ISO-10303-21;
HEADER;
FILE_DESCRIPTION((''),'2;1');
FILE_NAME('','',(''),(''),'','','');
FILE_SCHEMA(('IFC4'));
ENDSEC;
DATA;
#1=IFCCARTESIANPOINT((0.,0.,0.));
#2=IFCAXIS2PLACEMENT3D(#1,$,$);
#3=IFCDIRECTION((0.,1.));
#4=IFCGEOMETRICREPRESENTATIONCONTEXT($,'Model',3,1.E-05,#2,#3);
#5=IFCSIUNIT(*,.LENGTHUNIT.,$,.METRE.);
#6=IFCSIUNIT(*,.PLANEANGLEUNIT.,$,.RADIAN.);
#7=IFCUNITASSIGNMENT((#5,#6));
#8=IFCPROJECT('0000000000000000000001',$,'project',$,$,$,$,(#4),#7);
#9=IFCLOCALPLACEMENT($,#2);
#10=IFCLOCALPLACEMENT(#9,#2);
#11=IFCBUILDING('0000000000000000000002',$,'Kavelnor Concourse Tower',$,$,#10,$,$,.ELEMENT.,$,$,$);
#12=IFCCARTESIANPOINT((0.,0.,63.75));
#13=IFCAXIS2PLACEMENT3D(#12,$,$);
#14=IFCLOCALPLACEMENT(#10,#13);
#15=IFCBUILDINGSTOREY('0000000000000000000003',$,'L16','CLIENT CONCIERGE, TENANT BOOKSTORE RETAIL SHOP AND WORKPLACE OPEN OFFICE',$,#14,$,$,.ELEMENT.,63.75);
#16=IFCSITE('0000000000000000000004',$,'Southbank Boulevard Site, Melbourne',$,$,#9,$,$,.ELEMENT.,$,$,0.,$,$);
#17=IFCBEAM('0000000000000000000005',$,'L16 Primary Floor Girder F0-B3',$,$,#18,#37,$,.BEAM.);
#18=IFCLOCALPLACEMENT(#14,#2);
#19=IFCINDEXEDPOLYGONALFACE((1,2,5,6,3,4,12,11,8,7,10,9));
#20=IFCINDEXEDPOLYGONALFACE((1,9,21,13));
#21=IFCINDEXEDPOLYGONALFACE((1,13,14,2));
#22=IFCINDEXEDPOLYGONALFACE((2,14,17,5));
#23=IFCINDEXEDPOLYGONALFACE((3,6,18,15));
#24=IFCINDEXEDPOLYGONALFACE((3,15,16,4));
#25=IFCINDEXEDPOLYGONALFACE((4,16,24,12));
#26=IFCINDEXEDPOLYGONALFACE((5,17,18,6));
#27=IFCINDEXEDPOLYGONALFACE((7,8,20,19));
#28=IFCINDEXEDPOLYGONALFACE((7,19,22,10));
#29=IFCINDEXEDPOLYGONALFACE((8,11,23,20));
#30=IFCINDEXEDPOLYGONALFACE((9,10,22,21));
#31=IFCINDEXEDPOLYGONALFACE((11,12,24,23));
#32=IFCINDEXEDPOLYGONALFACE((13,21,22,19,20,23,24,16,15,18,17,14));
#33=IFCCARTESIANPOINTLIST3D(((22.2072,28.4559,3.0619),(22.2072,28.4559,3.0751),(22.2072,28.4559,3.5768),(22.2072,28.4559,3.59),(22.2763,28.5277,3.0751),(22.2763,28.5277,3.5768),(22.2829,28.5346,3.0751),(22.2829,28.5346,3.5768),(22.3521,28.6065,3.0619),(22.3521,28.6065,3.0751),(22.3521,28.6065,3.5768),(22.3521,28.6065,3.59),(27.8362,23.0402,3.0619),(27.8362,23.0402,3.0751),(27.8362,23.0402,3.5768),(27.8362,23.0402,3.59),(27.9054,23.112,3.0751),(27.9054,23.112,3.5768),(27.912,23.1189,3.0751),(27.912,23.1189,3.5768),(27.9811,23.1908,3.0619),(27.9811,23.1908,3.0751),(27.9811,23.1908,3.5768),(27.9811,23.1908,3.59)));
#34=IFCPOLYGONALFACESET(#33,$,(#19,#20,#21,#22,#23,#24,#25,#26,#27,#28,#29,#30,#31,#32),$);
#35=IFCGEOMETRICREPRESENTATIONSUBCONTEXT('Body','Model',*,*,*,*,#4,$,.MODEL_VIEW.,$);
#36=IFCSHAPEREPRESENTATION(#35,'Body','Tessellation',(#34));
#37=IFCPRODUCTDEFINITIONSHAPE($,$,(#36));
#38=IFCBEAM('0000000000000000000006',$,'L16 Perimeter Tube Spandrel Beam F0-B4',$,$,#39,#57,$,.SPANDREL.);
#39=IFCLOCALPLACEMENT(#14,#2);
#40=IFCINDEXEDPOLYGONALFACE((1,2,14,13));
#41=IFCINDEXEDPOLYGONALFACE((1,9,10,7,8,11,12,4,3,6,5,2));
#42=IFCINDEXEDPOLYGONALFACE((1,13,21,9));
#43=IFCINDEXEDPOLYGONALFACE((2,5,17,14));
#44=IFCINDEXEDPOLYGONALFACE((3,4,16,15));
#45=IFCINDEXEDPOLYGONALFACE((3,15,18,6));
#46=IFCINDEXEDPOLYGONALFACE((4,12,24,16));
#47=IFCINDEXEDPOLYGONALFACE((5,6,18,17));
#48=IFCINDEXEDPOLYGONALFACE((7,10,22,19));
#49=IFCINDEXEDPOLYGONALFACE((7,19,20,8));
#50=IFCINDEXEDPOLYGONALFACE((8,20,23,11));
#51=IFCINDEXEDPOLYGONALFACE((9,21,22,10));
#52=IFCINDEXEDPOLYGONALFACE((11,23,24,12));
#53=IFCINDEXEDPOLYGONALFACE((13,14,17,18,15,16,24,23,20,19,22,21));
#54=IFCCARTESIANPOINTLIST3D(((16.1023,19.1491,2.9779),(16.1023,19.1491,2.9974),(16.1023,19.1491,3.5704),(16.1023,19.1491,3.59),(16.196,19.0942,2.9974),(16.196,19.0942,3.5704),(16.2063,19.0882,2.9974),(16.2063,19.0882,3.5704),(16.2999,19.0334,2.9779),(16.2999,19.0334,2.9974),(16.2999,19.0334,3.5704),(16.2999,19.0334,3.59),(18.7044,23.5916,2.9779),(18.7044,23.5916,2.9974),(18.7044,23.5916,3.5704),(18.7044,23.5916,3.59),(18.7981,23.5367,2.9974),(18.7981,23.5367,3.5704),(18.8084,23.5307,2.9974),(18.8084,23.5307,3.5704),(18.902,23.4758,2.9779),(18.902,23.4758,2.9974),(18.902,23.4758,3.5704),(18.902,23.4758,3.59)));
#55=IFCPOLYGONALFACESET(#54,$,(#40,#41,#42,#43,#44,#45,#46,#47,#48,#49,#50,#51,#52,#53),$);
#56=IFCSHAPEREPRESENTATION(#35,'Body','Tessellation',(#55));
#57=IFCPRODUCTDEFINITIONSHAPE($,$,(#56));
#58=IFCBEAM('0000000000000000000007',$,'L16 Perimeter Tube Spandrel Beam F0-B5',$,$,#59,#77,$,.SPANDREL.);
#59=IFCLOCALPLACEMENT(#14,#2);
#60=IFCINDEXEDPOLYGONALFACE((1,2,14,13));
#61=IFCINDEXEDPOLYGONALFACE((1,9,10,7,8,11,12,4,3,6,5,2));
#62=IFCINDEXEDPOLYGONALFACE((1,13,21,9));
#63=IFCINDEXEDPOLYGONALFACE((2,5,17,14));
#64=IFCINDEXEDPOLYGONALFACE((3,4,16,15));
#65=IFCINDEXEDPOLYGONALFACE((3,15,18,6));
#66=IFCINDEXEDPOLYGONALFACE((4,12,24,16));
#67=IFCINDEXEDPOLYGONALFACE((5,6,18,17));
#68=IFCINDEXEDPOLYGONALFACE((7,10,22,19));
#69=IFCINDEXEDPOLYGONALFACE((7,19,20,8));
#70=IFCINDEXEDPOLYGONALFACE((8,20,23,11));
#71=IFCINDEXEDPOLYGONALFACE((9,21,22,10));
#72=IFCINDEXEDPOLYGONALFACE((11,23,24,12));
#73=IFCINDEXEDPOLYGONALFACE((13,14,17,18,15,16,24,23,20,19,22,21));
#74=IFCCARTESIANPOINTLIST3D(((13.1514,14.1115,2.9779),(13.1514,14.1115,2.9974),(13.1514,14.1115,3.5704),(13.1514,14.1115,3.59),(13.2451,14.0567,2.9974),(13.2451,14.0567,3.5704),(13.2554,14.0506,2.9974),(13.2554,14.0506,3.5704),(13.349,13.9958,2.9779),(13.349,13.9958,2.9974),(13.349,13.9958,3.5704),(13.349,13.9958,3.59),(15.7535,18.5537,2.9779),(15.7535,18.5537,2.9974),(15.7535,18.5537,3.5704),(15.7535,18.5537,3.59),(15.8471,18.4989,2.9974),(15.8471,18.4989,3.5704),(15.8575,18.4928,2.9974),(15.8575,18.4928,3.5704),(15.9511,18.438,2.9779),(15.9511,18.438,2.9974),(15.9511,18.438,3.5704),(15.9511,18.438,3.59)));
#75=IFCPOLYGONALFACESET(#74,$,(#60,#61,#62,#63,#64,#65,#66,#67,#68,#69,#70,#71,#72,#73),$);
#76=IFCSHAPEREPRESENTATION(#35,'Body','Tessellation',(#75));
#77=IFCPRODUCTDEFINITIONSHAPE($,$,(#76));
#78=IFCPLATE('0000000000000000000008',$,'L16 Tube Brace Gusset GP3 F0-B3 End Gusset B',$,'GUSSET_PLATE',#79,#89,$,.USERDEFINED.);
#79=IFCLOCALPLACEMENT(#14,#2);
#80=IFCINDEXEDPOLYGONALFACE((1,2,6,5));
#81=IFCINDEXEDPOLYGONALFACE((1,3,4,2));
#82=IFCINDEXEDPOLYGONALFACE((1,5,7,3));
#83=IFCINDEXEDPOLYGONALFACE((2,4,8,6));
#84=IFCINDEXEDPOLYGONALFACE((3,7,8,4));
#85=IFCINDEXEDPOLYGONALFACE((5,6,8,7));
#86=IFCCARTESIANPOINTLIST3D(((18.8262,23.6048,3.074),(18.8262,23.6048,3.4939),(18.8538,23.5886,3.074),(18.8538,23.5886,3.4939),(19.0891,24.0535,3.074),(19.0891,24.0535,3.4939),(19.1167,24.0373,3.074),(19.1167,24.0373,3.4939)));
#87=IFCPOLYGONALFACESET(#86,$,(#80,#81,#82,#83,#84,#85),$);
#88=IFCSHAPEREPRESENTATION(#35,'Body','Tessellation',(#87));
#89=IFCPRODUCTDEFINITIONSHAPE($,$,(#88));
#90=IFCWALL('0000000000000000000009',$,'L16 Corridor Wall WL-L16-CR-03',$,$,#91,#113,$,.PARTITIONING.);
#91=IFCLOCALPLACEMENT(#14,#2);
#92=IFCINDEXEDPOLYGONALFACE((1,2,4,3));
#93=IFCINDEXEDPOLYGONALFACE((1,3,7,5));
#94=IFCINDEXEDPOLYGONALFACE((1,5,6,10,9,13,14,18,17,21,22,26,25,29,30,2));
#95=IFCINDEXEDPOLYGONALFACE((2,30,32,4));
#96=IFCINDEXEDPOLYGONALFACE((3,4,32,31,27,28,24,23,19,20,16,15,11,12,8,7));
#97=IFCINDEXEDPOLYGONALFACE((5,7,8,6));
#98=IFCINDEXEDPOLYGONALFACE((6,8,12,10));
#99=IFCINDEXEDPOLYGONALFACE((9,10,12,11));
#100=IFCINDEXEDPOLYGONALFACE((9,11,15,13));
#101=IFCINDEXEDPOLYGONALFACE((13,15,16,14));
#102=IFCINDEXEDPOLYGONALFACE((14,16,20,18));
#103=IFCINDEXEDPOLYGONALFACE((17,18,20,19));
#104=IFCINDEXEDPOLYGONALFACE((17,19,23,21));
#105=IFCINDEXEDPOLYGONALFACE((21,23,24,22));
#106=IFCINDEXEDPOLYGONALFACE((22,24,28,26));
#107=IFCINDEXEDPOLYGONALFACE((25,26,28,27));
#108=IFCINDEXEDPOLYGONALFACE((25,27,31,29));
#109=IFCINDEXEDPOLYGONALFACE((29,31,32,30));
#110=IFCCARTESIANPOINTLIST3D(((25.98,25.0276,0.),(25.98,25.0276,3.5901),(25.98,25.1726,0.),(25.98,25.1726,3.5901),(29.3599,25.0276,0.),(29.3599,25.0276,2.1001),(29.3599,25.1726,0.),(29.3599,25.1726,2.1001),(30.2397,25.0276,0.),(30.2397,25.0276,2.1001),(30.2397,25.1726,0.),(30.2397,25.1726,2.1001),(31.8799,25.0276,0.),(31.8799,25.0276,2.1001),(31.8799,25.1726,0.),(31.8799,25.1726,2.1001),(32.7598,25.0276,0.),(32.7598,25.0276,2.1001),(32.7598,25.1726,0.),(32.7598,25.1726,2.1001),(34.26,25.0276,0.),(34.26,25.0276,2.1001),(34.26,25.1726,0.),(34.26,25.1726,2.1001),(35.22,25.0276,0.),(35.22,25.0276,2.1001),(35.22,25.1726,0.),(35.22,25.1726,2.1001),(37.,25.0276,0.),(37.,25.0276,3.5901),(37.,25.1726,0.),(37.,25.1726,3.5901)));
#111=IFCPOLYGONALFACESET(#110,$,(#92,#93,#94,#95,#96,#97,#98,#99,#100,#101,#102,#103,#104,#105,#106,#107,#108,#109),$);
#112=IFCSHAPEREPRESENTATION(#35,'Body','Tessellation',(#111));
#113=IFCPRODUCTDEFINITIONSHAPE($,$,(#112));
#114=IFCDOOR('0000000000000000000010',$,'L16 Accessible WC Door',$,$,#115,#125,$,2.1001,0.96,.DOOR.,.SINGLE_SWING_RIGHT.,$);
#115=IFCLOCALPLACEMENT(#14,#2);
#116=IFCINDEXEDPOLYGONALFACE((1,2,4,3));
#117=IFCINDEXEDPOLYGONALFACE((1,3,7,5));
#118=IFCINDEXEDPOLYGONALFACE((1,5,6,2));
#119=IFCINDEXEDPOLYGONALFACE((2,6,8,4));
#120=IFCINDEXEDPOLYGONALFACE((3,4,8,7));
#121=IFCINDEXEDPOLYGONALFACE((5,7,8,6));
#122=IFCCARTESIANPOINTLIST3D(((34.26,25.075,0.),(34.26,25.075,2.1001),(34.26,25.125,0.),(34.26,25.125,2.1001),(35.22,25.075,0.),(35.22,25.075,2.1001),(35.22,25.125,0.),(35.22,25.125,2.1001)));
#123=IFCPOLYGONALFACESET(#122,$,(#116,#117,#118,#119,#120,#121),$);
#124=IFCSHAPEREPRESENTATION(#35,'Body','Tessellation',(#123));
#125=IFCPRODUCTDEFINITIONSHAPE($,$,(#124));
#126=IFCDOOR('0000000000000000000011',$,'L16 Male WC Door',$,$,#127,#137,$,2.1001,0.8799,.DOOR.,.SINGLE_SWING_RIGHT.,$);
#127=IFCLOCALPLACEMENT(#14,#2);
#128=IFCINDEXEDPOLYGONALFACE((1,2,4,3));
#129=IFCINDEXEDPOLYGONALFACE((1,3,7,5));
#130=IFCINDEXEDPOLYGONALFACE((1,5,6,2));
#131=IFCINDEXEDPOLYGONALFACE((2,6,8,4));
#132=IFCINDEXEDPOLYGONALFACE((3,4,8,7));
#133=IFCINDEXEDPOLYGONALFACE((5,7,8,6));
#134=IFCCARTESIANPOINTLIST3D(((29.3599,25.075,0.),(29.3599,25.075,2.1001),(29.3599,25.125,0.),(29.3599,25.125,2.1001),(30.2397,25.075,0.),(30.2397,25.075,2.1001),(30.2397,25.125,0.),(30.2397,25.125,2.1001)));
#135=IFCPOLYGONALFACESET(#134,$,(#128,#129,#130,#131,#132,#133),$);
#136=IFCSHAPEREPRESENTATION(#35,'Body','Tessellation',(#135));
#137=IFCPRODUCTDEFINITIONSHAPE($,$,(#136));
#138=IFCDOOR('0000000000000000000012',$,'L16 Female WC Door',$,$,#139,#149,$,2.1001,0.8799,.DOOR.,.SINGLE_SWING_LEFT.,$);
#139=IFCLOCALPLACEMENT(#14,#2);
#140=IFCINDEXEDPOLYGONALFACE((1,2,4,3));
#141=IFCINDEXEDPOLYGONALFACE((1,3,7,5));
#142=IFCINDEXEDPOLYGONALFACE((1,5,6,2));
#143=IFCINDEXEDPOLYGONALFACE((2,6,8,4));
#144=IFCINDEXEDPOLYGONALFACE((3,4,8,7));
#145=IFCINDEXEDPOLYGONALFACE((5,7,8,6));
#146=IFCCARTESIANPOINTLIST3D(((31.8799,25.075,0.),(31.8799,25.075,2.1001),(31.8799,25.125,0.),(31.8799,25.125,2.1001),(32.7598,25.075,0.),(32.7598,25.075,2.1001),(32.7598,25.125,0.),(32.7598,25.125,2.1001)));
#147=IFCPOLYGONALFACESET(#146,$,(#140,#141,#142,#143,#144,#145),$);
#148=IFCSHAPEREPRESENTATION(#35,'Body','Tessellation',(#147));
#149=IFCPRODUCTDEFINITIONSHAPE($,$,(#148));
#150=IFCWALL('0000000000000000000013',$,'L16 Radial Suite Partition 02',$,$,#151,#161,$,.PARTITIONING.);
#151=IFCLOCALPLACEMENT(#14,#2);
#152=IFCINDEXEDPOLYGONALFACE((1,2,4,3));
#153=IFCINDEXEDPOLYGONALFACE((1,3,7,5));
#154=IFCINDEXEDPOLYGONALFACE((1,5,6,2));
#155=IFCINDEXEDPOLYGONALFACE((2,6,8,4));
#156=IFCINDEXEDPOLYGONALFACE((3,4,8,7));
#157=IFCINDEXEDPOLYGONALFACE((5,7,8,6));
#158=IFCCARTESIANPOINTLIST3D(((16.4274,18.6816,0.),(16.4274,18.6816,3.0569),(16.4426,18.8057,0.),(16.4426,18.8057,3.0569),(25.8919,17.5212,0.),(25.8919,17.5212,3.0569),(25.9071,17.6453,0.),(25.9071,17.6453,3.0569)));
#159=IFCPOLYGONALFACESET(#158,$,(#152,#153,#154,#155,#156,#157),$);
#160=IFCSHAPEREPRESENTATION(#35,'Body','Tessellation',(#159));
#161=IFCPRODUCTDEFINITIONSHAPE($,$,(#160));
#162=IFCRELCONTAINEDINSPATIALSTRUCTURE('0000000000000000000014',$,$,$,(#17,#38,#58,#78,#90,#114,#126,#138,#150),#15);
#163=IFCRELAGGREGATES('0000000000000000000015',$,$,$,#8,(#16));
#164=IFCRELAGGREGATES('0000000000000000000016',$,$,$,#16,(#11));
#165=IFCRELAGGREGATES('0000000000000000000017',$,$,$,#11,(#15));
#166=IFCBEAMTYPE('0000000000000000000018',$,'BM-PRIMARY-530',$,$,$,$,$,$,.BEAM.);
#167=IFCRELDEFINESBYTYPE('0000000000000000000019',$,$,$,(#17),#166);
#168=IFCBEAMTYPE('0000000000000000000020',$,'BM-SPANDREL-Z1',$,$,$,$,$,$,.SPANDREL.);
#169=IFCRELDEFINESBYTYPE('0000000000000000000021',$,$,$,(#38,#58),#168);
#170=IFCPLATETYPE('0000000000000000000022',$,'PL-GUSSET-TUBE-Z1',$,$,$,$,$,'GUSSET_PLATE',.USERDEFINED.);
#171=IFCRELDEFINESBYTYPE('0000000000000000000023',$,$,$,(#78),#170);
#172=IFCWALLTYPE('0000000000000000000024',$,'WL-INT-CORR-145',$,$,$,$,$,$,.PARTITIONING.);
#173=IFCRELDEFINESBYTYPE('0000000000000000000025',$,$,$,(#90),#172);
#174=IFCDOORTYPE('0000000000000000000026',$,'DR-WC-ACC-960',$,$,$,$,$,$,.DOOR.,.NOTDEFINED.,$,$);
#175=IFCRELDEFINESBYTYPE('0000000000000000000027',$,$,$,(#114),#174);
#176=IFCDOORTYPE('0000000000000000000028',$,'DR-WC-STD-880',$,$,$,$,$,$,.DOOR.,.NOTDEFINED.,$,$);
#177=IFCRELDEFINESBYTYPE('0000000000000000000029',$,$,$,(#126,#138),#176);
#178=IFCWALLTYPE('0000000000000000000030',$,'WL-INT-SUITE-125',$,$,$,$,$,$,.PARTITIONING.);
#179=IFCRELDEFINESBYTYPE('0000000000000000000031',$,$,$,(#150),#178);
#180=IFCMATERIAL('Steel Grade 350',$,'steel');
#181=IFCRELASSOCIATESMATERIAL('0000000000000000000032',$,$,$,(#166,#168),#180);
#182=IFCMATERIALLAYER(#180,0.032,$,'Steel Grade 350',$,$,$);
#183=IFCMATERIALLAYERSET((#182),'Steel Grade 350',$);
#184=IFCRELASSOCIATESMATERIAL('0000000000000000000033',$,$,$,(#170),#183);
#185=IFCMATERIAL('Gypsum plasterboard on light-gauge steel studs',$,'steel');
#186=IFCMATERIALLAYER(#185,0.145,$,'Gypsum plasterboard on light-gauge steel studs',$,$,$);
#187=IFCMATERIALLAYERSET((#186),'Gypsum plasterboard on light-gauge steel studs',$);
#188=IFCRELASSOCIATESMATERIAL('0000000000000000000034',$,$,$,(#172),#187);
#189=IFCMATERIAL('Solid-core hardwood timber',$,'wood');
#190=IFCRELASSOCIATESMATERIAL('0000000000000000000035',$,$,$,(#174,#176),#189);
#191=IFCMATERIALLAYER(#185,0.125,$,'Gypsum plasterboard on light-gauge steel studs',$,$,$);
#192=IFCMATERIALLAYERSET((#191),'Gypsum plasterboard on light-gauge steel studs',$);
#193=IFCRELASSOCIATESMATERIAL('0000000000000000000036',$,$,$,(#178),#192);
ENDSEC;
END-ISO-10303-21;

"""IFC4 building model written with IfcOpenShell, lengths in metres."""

from ifc_helpers import new_model, si_unit, direction, frame, frame_2d, origin, origin_2d, place, context, subcontext, project, spatial, rectangle, i_section, extrude, material, layer, layer_set, material_profile, profile_set, type_object, element, fill, save


model = new_model("IFC4")

# Units and contexts
model_context = context("Model", 3, precision=1e-05, world=origin(), true_north=direction((0.0, 1.0)))
body_context = subcontext(model_context, "Body", "Model", "MODEL_VIEW")
ifc_project = project(units=[si_unit("LENGTHUNIT", "METRE"), si_unit("PLANEANGLEUNIT", "RADIAN")], contexts=[model_context])

# Site, building, storey
site_placement = place(None, origin())
site = spatial("IfcSite", under=ifc_project, at=site_placement, Name="Southbank Boulevard Site, Melbourne", CompositionType="ELEMENT", RefElevation=0.0)
building_placement = place(site_placement, origin())
building = spatial("IfcBuilding", under=site, at=building_placement, Name="Kavelnor Concourse Tower", CompositionType="ELEMENT")
storey_placement = place(building_placement, frame((0.0, 0.0, 63.75)))
storey = spatial("IfcBuildingStorey", under=building, at=storey_placement, Name="L16", Description="CLIENT CONCIERGE, TENANT BOOKSTORE RETAIL SHOP AND WORKPLACE OPEN OFFICE", CompositionType="ELEMENT", Elevation=63.75)

# Shared definitions
ifc_material_1 = material(Name="Steel Grade 350", Category="steel")

# Beams
ifc_material_profile_1 = material_profile(ifc_material_1, i_section(OverallWidth=0.209, OverallDepth=0.5281, WebThickness=0.0095, FlangeThickness=0.0132, at=origin_2d()), Name="530UB82")
ifc_profile_set_1 = profile_set([ifc_material_profile_1], Name="Steel Grade 350")
beam_type_1 = type_object("IfcBeamType", Name="BM-PRIMARY-530", PredefinedType="BEAM", material=ifc_profile_set_1)
beam_1_placement = place(storey_placement, frame((27.9087, 23.1155, 3.3259), z_axis=(-0.720633, 0.693317, 0.0), x_axis=(-0.693317, -0.720633, 0.0)))
element("IfcBeam", 1, at=beam_1_placement, inside=storey, type_object=beam_type_1, Name="L16 Primary Floor Girder F0-B3", PredefinedType="BEAM", context=body_context, shape_type="SweptSolid", body=[
    extrude(i_section(OverallWidth=0.209, OverallDepth=0.5281, WebThickness=0.0095, FlangeThickness=0.0132, at=origin_2d()), origin(), (0.0, 0.0, 1.0), 7.8113),
])
ifc_material_profile_2 = material_profile(ifc_material_1, i_section(OverallWidth=0.229, OverallDepth=0.6121, WebThickness=0.012, FlangeThickness=0.0195, at=origin_2d()), Name="610UB125")
ifc_profile_set_2 = profile_set([ifc_material_profile_2], Name="Steel Grade 350")
beam_type_2 = type_object("IfcBeamType", Name="BM-SPANDREL-Z1", PredefinedType="SPANDREL", material=ifc_profile_set_2)
beam_2_placement = place(storey_placement, frame((18.8032, 23.5337, 3.2839), z_axis=(-0.505415, -0.862876, 0.0), x_axis=(0.862876, -0.505415, 0.0)))
element("IfcBeam", 2, at=beam_2_placement, inside=storey, type_object=beam_type_2, Name="L16 Perimeter Tube Spandrel Beam F0-B4", PredefinedType="SPANDREL", context=body_context, shape_type="SweptSolid", body=[
    extrude(i_section(OverallWidth=0.229, OverallDepth=0.6121, WebThickness=0.012, FlangeThickness=0.0195, at=origin_2d()), origin(), (0.0, 0.0, 1.0), 5.1484),
])
beam_3_placement = place(storey_placement, frame((15.8523, 18.4958, 3.2839), z_axis=(-0.505436, -0.862864, 0.0), x_axis=(0.862864, -0.505436, 0.0)))
element("IfcBeam", 3, at=beam_3_placement, inside=storey, type_object=beam_type_2, Name="L16 Perimeter Tube Spandrel Beam F0-B5", PredefinedType="SPANDREL", context=body_context, shape_type="SweptSolid", body=[
    extrude(i_section(OverallWidth=0.229, OverallDepth=0.6121, WebThickness=0.012, FlangeThickness=0.0195, at=origin_2d()), origin(), (0.0, 0.0, 1.0), 5.1482),
])

# Plate
ifc_layer_1 = layer(ifc_material_1, 0.032, Name="Steel Grade 350")
ifc_layer_set_1 = layer_set([ifc_layer_1], Name="Steel Grade 350")
plate_type = type_object("IfcPlateType", Name="PL-GUSSET-TUBE-Z1", ElementType="GUSSET_PLATE", PredefinedType="USERDEFINED", material=ifc_layer_set_1)
plate_placement = place(storey_placement, frame((18.9714, 23.821, 3.074), z_axis=(0.0, 0.0, 1.0), x_axis=(-0.505431, -0.862867, 0.0)))
element("IfcPlate", 4, at=plate_placement, inside=storey, type_object=plate_type, Name="L16 Tube Brace Gusset GP3 F0-B3 End Gusset B", ObjectType="GUSSET_PLATE", PredefinedType="USERDEFINED", context=body_context, shape_type="SweptSolid", body=[
    extrude(rectangle(XDim=0.52, YDim=0.032, at=origin_2d()), origin(), (0.0, 0.0, 1.0), 0.4199),
])

# Wall, openings, doors
ifc_material_2 = material(Name="Gypsum plasterboard on light-gauge steel studs", Category="steel")
ifc_layer_2 = layer(ifc_material_2, 0.145, Name="Gypsum plasterboard on light-gauge steel studs")
ifc_layer_set_2 = layer_set([ifc_layer_2], Name="Gypsum plasterboard on light-gauge steel studs")
wall_type_1 = type_object("IfcWallType", Name="WL-INT-CORR-145", PredefinedType="PARTITIONING", material=ifc_layer_set_2)
wall_1_placement = place(storey_placement, frame((25.98, 25.1001, 0.0), z_axis=(0.0, 0.0, 1.0), x_axis=(1.0, 0.0, 0.0)))
wall_1 = element("IfcWall", 5, at=wall_1_placement, inside=storey, type_object=wall_type_1, Name="L16 Corridor Wall WL-L16-CR-03", PredefinedType="PARTITIONING", context=body_context, shape_type="SweptSolid", body=[
    extrude(rectangle(XDim=11.02, YDim=0.145, at=frame_2d((5.51, 0.0))), origin(), (0.0, 0.0, 1.0), 3.5901),
])
opening_1_placement = place(wall_1_placement, frame((3.3799, 0.0, 0.0)))
opening_1 = element("IfcOpeningElement", 6, at=opening_1_placement, cuts=wall_1, PredefinedType="OPENING", context=body_context, shape_type="SweptSolid", body=[
    extrude(rectangle(XDim=0.8799, YDim=2.1001, at=frame_2d((0.4399, 1.05))), frame((0.0, 0.0825, 0.0), z_axis=(0.0, -1.0, 0.0), x_axis=(1.0, 0.0, 0.0)), (0.0, 0.0, 1.0), 0.165),
])
opening_2_placement = place(wall_1_placement, frame((5.8999, 0.0, 0.0)))
opening_2 = element("IfcOpeningElement", 7, at=opening_2_placement, cuts=wall_1, PredefinedType="OPENING", context=body_context, shape_type="SweptSolid", body=[
    extrude(rectangle(XDim=0.8799, YDim=2.1001, at=frame_2d((0.4399, 1.05))), frame((0.0, 0.0825, 0.0), z_axis=(0.0, -1.0, 0.0), x_axis=(1.0, 0.0, 0.0)), (0.0, 0.0, 1.0), 0.165),
])
opening_3_placement = place(wall_1_placement, frame((8.28, 0.0, 0.0)))
opening_3 = element("IfcOpeningElement", 8, at=opening_3_placement, cuts=wall_1, PredefinedType="OPENING", context=body_context, shape_type="SweptSolid", body=[
    extrude(rectangle(XDim=0.96, YDim=2.1001, at=frame_2d((0.48, 1.05))), frame((0.0, 0.0825, 0.0), z_axis=(0.0, -1.0, 0.0), x_axis=(1.0, 0.0, 0.0)), (0.0, 0.0, 1.0), 0.165),
])
ifc_material_3 = material(Name="Solid-core hardwood timber", Category="wood")
door_type_1 = type_object("IfcDoorType", Name="DR-WC-ACC-960", OperationType="NOTDEFINED", PredefinedType="DOOR", material=ifc_material_3)
door_1_placement = place(opening_3_placement, origin())
door_1 = element("IfcDoor", 9, at=door_1_placement, inside=storey, type_object=door_type_1, Name="L16 Accessible WC Door", OperationType="SINGLE_SWING_RIGHT", OverallHeight=2.1001, OverallWidth=0.96, PredefinedType="DOOR", context=body_context, shape_type="SweptSolid", body=[
    extrude(rectangle(XDim=0.96, YDim=2.1001, at=frame_2d((0.48, 1.05))), frame((0.0, 0.0249, 0.0), z_axis=(0.0, -1.0, 0.0), x_axis=(1.0, 0.0, 0.0)), (0.0, 0.0, 1.0), 0.05),
])
fill(opening_3, door_1)
door_type_2 = type_object("IfcDoorType", Name="DR-WC-STD-880", OperationType="NOTDEFINED", PredefinedType="DOOR", material=ifc_material_3)
door_2_placement = place(opening_1_placement, origin())
door_2 = element("IfcDoor", 10, at=door_2_placement, inside=storey, type_object=door_type_2, Name="L16 Male WC Door", OperationType="SINGLE_SWING_RIGHT", OverallHeight=2.1001, OverallWidth=0.8799, PredefinedType="DOOR", context=body_context, shape_type="SweptSolid", body=[
    extrude(rectangle(XDim=0.8799, YDim=2.1001, at=frame_2d((0.4399, 1.05))), frame((0.0, 0.0249, 0.0), z_axis=(0.0, -1.0, 0.0), x_axis=(1.0, 0.0, 0.0)), (0.0, 0.0, 1.0), 0.05),
])
fill(opening_1, door_2)
door_3_placement = place(opening_2_placement, origin())
door_3 = element("IfcDoor", 11, at=door_3_placement, inside=storey, type_object=door_type_2, Name="L16 Female WC Door", OperationType="SINGLE_SWING_LEFT", OverallHeight=2.1001, OverallWidth=0.8799, PredefinedType="DOOR", context=body_context, shape_type="SweptSolid", body=[
    extrude(rectangle(XDim=0.8799, YDim=2.1001, at=frame_2d((0.4399, 1.05))), frame((0.0, 0.0249, 0.0), z_axis=(0.0, -1.0, 0.0), x_axis=(1.0, 0.0, 0.0)), (0.0, 0.0, 1.0), 0.05),
])
fill(opening_2, door_3)

# Wall
ifc_layer_3 = layer(ifc_material_2, 0.125, Name="Gypsum plasterboard on light-gauge steel studs")
ifc_layer_set_3 = layer_set([ifc_layer_3], Name="Gypsum plasterboard on light-gauge steel studs")
wall_type_2 = type_object("IfcWallType", Name="WL-INT-SUITE-125", PredefinedType="PARTITIONING", material=ifc_layer_set_3)
wall_2_placement = place(storey_placement, frame((25.8994, 17.5833, 0.0), z_axis=(0.0, 0.0, 1.0), x_axis=(-0.992568, 0.121693, 0.0)))
element("IfcWall", 12, at=wall_2_placement, inside=storey, type_object=wall_type_2, Name="L16 Radial Suite Partition 02", PredefinedType="PARTITIONING", context=body_context, shape_type="SweptSolid", body=[
    extrude(rectangle(XDim=9.5354, YDim=0.125, at=frame_2d((4.7676, 0.0))), origin(), (0.0, 0.0, 1.0), 3.0569),
])

save(model, "model.ifc")
